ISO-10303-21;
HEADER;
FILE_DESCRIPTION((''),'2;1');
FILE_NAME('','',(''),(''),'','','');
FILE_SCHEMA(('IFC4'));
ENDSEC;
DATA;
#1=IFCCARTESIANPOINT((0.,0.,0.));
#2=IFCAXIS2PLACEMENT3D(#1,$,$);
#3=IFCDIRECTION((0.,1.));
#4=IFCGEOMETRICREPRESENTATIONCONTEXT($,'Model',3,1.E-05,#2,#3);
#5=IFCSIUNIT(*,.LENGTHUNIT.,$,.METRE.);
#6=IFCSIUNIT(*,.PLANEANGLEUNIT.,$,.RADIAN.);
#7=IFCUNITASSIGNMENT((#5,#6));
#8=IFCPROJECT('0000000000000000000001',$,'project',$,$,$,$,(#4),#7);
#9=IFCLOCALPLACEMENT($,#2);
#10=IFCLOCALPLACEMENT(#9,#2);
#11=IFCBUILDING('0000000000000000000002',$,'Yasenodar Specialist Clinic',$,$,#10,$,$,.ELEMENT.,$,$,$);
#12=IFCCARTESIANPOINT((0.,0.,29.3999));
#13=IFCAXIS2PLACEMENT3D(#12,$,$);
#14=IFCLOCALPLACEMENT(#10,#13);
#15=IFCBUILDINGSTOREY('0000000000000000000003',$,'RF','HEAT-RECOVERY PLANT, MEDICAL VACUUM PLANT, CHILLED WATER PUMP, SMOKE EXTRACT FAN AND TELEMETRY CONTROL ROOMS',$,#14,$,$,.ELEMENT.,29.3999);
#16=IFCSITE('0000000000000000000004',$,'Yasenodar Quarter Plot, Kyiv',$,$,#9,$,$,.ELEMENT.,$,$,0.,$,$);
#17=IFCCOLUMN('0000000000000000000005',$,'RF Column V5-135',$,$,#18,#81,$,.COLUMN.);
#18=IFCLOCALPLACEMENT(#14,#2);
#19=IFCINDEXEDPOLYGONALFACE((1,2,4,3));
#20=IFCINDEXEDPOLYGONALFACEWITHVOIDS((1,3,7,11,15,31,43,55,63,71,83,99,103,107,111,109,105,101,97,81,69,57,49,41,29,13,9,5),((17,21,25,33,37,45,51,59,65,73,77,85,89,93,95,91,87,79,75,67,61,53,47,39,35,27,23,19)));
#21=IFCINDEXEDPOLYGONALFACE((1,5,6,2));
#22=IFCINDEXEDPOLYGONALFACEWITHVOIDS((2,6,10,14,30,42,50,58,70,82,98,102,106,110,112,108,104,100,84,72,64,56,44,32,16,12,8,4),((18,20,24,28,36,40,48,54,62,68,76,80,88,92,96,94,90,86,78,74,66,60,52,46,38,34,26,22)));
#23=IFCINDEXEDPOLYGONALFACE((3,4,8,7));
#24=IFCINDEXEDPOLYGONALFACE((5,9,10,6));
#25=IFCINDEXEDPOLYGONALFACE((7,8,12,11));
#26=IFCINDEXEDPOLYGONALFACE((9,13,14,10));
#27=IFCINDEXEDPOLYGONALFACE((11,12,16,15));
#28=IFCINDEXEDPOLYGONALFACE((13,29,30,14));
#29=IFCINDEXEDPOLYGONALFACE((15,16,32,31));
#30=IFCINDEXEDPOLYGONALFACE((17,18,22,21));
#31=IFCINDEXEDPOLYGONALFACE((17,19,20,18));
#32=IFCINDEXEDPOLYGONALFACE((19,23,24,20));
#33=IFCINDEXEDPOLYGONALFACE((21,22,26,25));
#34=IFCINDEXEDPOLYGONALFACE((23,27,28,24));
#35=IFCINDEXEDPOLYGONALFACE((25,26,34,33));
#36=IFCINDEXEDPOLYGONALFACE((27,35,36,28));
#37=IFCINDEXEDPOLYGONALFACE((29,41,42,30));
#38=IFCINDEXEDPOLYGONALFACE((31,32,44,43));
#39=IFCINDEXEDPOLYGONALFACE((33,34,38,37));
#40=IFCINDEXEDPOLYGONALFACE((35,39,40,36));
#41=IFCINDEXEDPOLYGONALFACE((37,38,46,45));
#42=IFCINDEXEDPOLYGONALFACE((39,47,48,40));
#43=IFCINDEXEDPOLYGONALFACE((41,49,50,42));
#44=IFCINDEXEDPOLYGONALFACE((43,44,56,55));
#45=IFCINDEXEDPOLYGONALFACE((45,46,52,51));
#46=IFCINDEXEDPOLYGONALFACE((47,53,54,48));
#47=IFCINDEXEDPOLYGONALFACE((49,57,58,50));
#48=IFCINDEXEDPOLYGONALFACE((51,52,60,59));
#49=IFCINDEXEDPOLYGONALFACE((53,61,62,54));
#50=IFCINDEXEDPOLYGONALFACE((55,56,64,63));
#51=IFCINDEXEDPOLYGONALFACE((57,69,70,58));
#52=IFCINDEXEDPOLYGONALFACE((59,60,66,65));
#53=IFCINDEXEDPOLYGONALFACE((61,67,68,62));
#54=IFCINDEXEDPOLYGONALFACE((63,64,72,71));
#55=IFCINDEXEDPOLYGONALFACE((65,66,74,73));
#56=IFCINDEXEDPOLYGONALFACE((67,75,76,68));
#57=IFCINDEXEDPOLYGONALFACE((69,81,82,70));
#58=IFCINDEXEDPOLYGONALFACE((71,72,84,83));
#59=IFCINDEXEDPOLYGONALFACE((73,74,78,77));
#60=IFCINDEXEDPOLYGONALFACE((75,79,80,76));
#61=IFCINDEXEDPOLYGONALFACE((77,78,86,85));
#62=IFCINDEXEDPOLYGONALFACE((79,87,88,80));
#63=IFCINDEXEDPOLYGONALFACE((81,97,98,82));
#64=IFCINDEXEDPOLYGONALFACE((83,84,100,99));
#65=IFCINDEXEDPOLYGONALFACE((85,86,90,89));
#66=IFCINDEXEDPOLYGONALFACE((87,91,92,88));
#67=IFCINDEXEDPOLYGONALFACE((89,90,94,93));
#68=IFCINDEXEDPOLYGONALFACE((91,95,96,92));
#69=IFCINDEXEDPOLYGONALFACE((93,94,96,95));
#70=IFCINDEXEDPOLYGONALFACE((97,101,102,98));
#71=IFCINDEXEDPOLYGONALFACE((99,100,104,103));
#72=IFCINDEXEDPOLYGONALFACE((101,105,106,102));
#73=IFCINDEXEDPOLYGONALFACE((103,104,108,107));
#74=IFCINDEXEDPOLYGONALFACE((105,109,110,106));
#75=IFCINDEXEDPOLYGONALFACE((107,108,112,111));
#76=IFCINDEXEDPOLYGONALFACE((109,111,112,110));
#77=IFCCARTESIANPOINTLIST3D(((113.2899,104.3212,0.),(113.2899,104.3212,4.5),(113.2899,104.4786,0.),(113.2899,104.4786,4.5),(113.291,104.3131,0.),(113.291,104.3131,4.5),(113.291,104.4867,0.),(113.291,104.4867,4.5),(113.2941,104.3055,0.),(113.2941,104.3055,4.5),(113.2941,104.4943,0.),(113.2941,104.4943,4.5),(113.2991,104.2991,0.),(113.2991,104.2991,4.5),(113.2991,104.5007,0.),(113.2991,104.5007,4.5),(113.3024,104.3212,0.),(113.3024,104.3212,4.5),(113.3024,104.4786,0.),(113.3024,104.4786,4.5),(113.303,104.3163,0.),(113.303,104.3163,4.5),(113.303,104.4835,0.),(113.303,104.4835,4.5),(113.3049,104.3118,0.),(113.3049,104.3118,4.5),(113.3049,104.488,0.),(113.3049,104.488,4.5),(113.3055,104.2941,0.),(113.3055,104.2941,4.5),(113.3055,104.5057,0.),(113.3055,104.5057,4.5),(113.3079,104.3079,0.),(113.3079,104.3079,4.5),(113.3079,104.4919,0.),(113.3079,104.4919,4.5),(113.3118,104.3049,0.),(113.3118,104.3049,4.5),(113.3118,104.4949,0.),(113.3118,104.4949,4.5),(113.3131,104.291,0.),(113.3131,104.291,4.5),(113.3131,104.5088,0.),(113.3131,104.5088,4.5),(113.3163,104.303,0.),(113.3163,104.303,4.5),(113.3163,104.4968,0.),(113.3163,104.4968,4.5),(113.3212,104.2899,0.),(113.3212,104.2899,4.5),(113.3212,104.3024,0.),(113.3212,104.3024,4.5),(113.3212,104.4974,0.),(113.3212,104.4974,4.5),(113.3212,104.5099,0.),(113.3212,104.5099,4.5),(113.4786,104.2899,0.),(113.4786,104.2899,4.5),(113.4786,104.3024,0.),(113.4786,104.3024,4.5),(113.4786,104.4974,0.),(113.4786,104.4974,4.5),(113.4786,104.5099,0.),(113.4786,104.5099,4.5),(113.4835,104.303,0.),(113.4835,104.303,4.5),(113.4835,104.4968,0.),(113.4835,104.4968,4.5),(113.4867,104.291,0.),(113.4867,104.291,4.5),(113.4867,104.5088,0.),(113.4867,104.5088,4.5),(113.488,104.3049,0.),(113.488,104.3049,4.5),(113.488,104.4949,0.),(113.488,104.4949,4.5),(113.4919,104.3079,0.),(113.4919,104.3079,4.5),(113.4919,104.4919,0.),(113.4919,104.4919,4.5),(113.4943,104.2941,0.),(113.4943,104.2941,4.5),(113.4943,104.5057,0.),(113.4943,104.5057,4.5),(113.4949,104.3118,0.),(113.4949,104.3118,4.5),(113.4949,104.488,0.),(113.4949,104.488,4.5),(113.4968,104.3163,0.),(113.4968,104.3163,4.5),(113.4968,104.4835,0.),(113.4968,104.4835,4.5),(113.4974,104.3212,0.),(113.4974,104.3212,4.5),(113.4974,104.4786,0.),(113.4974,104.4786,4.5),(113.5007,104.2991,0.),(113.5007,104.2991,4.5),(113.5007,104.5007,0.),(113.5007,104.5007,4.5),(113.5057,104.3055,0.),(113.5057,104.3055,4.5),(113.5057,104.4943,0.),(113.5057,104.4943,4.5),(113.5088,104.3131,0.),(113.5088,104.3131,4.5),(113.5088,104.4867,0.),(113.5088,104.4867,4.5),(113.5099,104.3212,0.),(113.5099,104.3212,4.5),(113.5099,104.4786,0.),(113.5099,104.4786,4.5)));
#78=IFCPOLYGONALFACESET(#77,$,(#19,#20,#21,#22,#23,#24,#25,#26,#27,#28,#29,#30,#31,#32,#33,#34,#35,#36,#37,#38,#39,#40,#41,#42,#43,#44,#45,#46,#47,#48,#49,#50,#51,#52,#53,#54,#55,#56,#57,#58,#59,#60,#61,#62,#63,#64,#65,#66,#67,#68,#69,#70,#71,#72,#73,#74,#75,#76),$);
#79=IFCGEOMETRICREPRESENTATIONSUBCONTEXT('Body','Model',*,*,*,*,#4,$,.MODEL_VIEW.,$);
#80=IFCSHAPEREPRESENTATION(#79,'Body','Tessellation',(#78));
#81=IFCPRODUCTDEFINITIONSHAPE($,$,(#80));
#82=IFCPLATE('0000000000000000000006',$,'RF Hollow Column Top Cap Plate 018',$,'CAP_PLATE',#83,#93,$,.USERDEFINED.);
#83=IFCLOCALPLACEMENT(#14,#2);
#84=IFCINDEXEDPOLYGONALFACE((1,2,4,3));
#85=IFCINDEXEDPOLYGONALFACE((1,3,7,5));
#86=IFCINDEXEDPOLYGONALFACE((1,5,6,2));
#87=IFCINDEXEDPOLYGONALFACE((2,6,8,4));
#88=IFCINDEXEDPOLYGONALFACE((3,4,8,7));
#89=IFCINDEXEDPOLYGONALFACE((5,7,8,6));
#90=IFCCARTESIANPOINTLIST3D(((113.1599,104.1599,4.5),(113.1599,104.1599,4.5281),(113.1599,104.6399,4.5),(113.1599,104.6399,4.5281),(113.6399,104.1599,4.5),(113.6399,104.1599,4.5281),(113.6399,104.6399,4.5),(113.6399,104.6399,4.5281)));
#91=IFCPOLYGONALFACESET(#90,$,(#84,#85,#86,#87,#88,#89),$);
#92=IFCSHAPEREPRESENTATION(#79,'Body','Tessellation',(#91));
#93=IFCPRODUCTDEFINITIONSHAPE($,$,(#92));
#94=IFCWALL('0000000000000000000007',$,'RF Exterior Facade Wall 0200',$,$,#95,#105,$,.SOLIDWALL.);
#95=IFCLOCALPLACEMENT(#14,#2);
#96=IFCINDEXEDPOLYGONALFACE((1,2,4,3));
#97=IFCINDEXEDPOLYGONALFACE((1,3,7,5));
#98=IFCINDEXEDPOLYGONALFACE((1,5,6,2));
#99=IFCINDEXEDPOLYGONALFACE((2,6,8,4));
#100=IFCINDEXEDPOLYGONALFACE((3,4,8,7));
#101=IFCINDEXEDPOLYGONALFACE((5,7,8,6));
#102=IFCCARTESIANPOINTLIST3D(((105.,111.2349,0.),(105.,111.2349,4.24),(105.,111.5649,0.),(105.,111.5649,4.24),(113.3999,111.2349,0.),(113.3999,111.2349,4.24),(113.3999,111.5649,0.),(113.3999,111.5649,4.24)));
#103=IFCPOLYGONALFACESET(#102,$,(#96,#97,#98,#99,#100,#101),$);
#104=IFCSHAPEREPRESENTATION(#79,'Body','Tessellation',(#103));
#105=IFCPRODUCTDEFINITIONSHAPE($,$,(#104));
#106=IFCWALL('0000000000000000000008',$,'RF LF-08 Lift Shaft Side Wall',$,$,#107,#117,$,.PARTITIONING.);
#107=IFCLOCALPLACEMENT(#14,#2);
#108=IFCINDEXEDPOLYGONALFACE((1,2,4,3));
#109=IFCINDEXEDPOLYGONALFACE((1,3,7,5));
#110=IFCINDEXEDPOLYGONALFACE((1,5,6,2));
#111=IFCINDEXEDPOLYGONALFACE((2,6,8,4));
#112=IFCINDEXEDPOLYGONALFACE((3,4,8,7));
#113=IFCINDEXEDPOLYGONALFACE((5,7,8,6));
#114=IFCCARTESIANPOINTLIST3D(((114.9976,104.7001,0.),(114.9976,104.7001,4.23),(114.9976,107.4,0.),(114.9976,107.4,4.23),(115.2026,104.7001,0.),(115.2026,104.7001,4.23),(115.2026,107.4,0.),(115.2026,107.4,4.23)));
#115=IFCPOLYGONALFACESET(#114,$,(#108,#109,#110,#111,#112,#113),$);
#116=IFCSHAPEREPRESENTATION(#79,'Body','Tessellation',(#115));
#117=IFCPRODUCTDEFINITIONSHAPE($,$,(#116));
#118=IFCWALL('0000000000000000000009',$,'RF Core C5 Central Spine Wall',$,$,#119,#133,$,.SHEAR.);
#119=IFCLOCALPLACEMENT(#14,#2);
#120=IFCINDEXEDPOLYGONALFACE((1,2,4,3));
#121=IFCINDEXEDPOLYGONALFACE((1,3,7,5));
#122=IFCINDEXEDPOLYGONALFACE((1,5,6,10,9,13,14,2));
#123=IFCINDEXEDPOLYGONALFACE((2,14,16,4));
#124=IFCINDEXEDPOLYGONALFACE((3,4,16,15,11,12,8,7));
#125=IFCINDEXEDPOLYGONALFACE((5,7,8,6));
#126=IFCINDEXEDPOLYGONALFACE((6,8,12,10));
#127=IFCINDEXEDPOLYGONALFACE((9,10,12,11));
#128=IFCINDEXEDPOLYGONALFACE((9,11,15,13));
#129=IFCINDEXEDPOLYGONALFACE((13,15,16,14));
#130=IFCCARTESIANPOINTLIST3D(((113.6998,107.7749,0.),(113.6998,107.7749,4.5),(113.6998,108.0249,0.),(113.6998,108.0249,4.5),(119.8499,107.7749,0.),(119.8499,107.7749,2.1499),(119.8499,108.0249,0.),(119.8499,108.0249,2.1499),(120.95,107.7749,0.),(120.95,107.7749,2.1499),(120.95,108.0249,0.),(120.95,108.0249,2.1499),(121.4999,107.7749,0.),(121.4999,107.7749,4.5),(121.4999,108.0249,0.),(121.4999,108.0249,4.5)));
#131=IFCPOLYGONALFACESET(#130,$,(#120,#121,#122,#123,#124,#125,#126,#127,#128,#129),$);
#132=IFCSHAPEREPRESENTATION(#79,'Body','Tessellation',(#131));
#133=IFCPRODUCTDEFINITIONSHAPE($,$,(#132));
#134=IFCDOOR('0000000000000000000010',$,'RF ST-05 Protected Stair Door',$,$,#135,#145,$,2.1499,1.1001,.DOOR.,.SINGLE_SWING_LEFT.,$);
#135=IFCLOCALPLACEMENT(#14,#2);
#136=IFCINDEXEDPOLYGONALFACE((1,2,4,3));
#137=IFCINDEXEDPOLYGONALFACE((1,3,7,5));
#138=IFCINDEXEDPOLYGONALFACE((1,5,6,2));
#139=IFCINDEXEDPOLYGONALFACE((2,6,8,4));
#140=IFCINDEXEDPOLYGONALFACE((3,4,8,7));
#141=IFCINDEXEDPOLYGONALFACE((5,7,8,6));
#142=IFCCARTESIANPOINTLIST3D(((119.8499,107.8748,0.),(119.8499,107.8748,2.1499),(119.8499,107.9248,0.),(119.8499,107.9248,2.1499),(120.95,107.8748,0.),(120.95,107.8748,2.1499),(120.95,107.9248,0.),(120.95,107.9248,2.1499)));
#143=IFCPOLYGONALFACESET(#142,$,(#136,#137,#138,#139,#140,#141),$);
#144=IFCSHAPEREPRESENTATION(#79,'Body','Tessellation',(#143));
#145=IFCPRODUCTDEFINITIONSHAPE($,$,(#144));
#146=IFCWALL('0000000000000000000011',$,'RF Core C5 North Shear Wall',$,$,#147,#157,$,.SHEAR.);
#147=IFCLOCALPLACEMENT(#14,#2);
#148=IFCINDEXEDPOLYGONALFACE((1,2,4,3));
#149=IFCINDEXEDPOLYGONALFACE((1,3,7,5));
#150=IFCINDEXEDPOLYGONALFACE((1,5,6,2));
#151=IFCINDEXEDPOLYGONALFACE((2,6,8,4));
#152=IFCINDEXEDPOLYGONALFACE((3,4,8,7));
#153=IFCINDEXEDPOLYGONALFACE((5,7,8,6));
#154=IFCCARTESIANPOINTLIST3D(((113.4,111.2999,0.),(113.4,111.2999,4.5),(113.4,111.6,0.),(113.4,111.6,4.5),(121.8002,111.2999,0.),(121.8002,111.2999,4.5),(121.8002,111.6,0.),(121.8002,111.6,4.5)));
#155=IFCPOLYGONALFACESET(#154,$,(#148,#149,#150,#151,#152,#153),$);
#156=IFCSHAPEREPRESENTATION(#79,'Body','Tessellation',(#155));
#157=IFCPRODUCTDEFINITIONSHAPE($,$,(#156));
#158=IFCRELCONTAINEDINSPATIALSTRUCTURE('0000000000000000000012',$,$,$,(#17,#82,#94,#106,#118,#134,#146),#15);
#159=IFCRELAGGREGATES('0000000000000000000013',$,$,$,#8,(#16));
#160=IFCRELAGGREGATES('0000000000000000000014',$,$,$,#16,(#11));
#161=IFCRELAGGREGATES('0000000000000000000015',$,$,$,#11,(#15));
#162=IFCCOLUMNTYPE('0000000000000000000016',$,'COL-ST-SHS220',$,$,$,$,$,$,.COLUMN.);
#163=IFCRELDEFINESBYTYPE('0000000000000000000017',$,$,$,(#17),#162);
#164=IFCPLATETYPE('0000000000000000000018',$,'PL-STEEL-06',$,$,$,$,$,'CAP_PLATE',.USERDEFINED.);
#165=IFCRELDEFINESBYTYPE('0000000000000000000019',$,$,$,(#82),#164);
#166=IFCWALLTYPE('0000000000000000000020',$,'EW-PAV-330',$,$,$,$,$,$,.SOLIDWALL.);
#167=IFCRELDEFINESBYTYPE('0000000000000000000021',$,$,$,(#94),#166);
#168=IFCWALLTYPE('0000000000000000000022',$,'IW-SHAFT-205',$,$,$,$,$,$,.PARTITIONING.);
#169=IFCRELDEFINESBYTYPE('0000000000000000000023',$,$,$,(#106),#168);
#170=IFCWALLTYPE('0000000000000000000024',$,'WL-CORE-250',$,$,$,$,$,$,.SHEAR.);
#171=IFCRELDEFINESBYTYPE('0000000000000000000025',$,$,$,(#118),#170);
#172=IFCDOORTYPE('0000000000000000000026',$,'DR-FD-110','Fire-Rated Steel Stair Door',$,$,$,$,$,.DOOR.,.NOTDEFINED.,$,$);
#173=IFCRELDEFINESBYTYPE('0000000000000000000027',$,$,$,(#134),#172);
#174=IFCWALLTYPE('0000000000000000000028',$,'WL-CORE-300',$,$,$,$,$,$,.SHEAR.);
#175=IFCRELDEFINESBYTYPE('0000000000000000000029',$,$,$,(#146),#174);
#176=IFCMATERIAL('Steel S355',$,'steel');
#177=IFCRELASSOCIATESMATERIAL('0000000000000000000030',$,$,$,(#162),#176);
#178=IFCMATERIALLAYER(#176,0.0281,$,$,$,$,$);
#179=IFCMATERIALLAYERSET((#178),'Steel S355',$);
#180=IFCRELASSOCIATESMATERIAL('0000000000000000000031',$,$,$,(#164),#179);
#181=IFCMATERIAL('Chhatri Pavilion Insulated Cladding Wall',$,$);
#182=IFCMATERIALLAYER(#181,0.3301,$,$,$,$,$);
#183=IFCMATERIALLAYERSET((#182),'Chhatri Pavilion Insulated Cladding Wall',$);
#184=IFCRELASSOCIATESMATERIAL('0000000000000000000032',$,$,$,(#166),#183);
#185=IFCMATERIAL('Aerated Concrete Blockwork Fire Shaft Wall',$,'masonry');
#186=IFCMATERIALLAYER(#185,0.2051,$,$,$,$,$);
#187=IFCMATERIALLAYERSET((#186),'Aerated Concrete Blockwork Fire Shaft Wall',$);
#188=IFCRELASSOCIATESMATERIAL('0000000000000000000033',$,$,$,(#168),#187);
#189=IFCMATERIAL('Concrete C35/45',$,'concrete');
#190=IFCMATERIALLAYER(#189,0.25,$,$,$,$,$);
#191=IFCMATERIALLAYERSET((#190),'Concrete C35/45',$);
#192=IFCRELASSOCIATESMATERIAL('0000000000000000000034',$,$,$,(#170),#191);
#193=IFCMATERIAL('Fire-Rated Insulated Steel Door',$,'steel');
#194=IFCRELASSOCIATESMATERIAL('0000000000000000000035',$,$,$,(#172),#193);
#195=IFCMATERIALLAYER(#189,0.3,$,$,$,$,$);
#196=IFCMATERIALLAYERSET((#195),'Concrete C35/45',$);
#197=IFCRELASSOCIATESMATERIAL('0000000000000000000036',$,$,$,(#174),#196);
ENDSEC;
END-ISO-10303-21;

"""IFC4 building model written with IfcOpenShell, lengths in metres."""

from ifc_helpers import new_model, si_unit, direction, frame, frame_2d, origin, origin_2d, place, context, subcontext, project, spatial, rectangle, hollow_rectangle, extrude, material, layer, layer_set, material_profile, profile_set, type_object, element, fill, save


model = new_model("IFC4")

# Units and contexts
model_context = context("Model", 3, precision=1e-05, world=origin(), true_north=direction((0.0, 1.0)))
body_context = subcontext(model_context, "Body", "Model", "MODEL_VIEW")
ifc_project = project(units=[si_unit("LENGTHUNIT", "METRE"), si_unit("PLANEANGLEUNIT", "RADIAN")], contexts=[model_context])

# Site, building, storey
site_placement = place(None, origin())
site = spatial("IfcSite", under=ifc_project, at=site_placement, Name="Yasenodar Quarter Plot, Kyiv", CompositionType="ELEMENT", RefElevation=0.0)
building_placement = place(site_placement, origin())
building = spatial("IfcBuilding", under=site, at=building_placement, Name="Yasenodar Specialist Clinic", CompositionType="ELEMENT")
storey_placement = place(building_placement, frame((0.0, 0.0, 29.3999)))
storey = spatial("IfcBuildingStorey", under=building, at=storey_placement, Name="RF", Description="HEAT-RECOVERY PLANT, MEDICAL VACUUM PLANT, CHILLED WATER PUMP, SMOKE EXTRACT FAN AND TELEMETRY CONTROL ROOMS", CompositionType="ELEMENT", Elevation=29.3999)

# Column
ifc_material_1 = material(Name="Concrete C35/45", Category="concrete")
ifc_material_2 = material(Name="Steel S355", Category="steel")
ifc_material_profile_1 = material_profile(ifc_material_2, hollow_rectangle(XDim=0.22, YDim=0.22, WallThickness=0.0125, InnerFilletRadius=0.0188, OuterFilletRadius=0.0312, at=origin_2d()), Name="SHS 220x220x12.5")
ifc_profile_set_1 = profile_set([ifc_material_profile_1], Name="Steel S355")
column_type_1 = type_object("IfcColumnType", Name="COL-ST-SHS220", PredefinedType="COLUMN", material=ifc_profile_set_1)
column_1_placement = place(storey_placement, frame((113.3999, 104.3999, 0.0), z_axis=(0.0, 0.0, 1.0), x_axis=(1.0, 0.0, 0.0)))
element("IfcColumn", 1, at=column_1_placement, inside=storey, type_object=column_type_1, Name="RF Column V5-135", PredefinedType="COLUMN", context=body_context, shape_type="SweptSolid", body=[
    extrude(hollow_rectangle(XDim=0.22, YDim=0.22, WallThickness=0.0125, InnerFilletRadius=0.0188, OuterFilletRadius=0.0312, at=origin_2d()), origin(), (0.0, 0.0, 1.0), 4.5),
])

# Plate
ifc_layer_1 = layer(ifc_material_2, 0.0281)
ifc_layer_set_1 = layer_set([ifc_layer_1], Name="Steel S355")
plate_type = type_object("IfcPlateType", Name="PL-STEEL-06", ElementType="CAP_PLATE", PredefinedType="USERDEFINED", material=ifc_layer_set_1)
plate_placement = place(storey_placement, frame((113.3999, 104.3999, 4.5), z_axis=(0.0, 0.0, 1.0), x_axis=(1.0, 0.0, 0.0)))
element("IfcPlate", 2, at=plate_placement, inside=storey, type_object=plate_type, Name="RF Hollow Column Top Cap Plate 018", ObjectType="CAP_PLATE", PredefinedType="USERDEFINED", context=body_context, shape_type="SweptSolid", body=[
    extrude(rectangle(XDim=0.48, YDim=0.48, at=origin_2d()), origin(), (0.0, 0.0, 1.0), 0.0281),
])

# Walls
ifc_material_3 = material(Name="Chhatri Pavilion Insulated Cladding Wall")
ifc_layer_2 = layer(ifc_material_3, 0.3301)
ifc_layer_set_2 = layer_set([ifc_layer_2], Name="Chhatri Pavilion Insulated Cladding Wall")
wall_type_1 = type_object("IfcWallType", Name="EW-PAV-330", PredefinedType="SOLIDWALL", material=ifc_layer_set_2)
wall_1_placement = place(storey_placement, frame((105.0, 111.3999, 0.0), z_axis=(0.0, 0.0, 1.0), x_axis=(1.0, 0.0, 0.0)))
element("IfcWall", 3, at=wall_1_placement, inside=storey, type_object=wall_type_1, Name="RF Exterior Facade Wall 0200", PredefinedType="SOLIDWALL", context=body_context, shape_type="SweptSolid", body=[
    extrude(rectangle(XDim=8.3999, YDim=0.3301, at=frame_2d((4.2, 0.0))), origin(), (0.0, 0.0, 1.0), 4.24),
])
ifc_material_4 = material(Name="Aerated Concrete Blockwork Fire Shaft Wall", Category="masonry")
ifc_layer_3 = layer(ifc_material_4, 0.2051)
ifc_layer_set_3 = layer_set([ifc_layer_3], Name="Aerated Concrete Blockwork Fire Shaft Wall")
wall_type_2 = type_object("IfcWallType", Name="IW-SHAFT-205", PredefinedType="PARTITIONING", material=ifc_layer_set_3)
wall_2_placement = place(storey_placement, frame((115.1001, 104.7, 0.0), z_axis=(0.0, 0.0, 1.0), x_axis=(0.0, 1.0, 0.0)))
element("IfcWall", 4, at=wall_2_placement, inside=storey, type_object=wall_type_2, Name="RF LF-08 Lift Shaft Side Wall", PredefinedType="PARTITIONING", context=body_context, shape_type="SweptSolid", body=[
    extrude(rectangle(XDim=2.7, YDim=0.2051, at=frame_2d((1.3501, 0.0))), origin(), (0.0, 0.0, 1.0), 4.23),
])

# Wall, opening, door
ifc_layer_4 = layer(ifc_material_1, 0.25)
ifc_layer_set_4 = layer_set([ifc_layer_4], Name="Concrete C35/45")
wall_type_3 = type_object("IfcWallType", Name="WL-CORE-250", PredefinedType="SHEAR", material=ifc_layer_set_4)
wall_3_placement = place(storey_placement, frame((113.7, 107.8999, 0.0), z_axis=(0.0, 0.0, 1.0), x_axis=(1.0, 0.0, 0.0)))
wall_3 = element("IfcWall", 5, at=wall_3_placement, inside=storey, type_object=wall_type_3, Name="RF Core C5 Central Spine Wall", PredefinedType="SHEAR", context=body_context, shape_type="SweptSolid", body=[
    extrude(rectangle(XDim=7.8, YDim=0.25, at=frame_2d((3.8999, 0.0))), origin(), (0.0, 0.0, 1.0), 4.5),
])
opening_1_placement = place(wall_3_placement, frame((6.1499, 0.0, 0.0)))
opening_1 = element("IfcOpeningElement", 6, at=opening_1_placement, cuts=wall_3, PredefinedType="OPENING", context=body_context, shape_type="SweptSolid", body=[
    extrude(rectangle(XDim=1.1001, YDim=2.1499, at=frame_2d((0.55, 1.075))), frame((0.0, 0.135, 0.0), z_axis=(0.0, -1.0, 0.0), x_axis=(1.0, 0.0, 0.0)), (0.0, 0.0, 1.0), 0.27),
])
ifc_material_5 = material(Name="Fire-Rated Insulated Steel Door", Category="steel")
door_type_1 = type_object("IfcDoorType", Name="DR-FD-110", Description="Fire-Rated Steel Stair Door", OperationType="NOTDEFINED", PredefinedType="DOOR", material=ifc_material_5)
door_1_placement = place(opening_1_placement, origin())
door_1 = element("IfcDoor", 7, at=door_1_placement, inside=storey, type_object=door_type_1, Name="RF ST-05 Protected Stair Door", OperationType="SINGLE_SWING_LEFT", OverallHeight=2.1499, OverallWidth=1.1001, PredefinedType="DOOR", context=body_context, shape_type="SweptSolid", body=[
    extrude(rectangle(XDim=1.1001, YDim=2.1499, at=frame_2d((0.55, 1.075))), frame((0.0, 0.0249, 0.0), z_axis=(0.0, -1.0, 0.0), x_axis=(1.0, 0.0, 0.0)), (0.0, 0.0, 1.0), 0.05),
])
fill(opening_1, door_1)

# Wall
ifc_layer_5 = layer(ifc_material_1, 0.3)
ifc_layer_set_5 = layer_set([ifc_layer_5], Name="Concrete C35/45")
wall_type_4 = type_object("IfcWallType", Name="WL-CORE-300", PredefinedType="SHEAR", material=ifc_layer_set_5)
wall_4_placement = place(storey_placement, frame((113.3999, 111.45, 0.0), z_axis=(0.0, 0.0, 1.0), x_axis=(1.0, 0.0, 0.0)))
element("IfcWall", 8, at=wall_4_placement, inside=storey, type_object=wall_type_4, Name="RF Core C5 North Shear Wall", PredefinedType="SHEAR", context=body_context, shape_type="SweptSolid", body=[
    extrude(rectangle(XDim=8.4001, YDim=0.3, at=frame_2d((4.2002, 0.0))), origin(), (0.0, 0.0, 1.0), 4.5),
])

save(model, "model.ifc")
